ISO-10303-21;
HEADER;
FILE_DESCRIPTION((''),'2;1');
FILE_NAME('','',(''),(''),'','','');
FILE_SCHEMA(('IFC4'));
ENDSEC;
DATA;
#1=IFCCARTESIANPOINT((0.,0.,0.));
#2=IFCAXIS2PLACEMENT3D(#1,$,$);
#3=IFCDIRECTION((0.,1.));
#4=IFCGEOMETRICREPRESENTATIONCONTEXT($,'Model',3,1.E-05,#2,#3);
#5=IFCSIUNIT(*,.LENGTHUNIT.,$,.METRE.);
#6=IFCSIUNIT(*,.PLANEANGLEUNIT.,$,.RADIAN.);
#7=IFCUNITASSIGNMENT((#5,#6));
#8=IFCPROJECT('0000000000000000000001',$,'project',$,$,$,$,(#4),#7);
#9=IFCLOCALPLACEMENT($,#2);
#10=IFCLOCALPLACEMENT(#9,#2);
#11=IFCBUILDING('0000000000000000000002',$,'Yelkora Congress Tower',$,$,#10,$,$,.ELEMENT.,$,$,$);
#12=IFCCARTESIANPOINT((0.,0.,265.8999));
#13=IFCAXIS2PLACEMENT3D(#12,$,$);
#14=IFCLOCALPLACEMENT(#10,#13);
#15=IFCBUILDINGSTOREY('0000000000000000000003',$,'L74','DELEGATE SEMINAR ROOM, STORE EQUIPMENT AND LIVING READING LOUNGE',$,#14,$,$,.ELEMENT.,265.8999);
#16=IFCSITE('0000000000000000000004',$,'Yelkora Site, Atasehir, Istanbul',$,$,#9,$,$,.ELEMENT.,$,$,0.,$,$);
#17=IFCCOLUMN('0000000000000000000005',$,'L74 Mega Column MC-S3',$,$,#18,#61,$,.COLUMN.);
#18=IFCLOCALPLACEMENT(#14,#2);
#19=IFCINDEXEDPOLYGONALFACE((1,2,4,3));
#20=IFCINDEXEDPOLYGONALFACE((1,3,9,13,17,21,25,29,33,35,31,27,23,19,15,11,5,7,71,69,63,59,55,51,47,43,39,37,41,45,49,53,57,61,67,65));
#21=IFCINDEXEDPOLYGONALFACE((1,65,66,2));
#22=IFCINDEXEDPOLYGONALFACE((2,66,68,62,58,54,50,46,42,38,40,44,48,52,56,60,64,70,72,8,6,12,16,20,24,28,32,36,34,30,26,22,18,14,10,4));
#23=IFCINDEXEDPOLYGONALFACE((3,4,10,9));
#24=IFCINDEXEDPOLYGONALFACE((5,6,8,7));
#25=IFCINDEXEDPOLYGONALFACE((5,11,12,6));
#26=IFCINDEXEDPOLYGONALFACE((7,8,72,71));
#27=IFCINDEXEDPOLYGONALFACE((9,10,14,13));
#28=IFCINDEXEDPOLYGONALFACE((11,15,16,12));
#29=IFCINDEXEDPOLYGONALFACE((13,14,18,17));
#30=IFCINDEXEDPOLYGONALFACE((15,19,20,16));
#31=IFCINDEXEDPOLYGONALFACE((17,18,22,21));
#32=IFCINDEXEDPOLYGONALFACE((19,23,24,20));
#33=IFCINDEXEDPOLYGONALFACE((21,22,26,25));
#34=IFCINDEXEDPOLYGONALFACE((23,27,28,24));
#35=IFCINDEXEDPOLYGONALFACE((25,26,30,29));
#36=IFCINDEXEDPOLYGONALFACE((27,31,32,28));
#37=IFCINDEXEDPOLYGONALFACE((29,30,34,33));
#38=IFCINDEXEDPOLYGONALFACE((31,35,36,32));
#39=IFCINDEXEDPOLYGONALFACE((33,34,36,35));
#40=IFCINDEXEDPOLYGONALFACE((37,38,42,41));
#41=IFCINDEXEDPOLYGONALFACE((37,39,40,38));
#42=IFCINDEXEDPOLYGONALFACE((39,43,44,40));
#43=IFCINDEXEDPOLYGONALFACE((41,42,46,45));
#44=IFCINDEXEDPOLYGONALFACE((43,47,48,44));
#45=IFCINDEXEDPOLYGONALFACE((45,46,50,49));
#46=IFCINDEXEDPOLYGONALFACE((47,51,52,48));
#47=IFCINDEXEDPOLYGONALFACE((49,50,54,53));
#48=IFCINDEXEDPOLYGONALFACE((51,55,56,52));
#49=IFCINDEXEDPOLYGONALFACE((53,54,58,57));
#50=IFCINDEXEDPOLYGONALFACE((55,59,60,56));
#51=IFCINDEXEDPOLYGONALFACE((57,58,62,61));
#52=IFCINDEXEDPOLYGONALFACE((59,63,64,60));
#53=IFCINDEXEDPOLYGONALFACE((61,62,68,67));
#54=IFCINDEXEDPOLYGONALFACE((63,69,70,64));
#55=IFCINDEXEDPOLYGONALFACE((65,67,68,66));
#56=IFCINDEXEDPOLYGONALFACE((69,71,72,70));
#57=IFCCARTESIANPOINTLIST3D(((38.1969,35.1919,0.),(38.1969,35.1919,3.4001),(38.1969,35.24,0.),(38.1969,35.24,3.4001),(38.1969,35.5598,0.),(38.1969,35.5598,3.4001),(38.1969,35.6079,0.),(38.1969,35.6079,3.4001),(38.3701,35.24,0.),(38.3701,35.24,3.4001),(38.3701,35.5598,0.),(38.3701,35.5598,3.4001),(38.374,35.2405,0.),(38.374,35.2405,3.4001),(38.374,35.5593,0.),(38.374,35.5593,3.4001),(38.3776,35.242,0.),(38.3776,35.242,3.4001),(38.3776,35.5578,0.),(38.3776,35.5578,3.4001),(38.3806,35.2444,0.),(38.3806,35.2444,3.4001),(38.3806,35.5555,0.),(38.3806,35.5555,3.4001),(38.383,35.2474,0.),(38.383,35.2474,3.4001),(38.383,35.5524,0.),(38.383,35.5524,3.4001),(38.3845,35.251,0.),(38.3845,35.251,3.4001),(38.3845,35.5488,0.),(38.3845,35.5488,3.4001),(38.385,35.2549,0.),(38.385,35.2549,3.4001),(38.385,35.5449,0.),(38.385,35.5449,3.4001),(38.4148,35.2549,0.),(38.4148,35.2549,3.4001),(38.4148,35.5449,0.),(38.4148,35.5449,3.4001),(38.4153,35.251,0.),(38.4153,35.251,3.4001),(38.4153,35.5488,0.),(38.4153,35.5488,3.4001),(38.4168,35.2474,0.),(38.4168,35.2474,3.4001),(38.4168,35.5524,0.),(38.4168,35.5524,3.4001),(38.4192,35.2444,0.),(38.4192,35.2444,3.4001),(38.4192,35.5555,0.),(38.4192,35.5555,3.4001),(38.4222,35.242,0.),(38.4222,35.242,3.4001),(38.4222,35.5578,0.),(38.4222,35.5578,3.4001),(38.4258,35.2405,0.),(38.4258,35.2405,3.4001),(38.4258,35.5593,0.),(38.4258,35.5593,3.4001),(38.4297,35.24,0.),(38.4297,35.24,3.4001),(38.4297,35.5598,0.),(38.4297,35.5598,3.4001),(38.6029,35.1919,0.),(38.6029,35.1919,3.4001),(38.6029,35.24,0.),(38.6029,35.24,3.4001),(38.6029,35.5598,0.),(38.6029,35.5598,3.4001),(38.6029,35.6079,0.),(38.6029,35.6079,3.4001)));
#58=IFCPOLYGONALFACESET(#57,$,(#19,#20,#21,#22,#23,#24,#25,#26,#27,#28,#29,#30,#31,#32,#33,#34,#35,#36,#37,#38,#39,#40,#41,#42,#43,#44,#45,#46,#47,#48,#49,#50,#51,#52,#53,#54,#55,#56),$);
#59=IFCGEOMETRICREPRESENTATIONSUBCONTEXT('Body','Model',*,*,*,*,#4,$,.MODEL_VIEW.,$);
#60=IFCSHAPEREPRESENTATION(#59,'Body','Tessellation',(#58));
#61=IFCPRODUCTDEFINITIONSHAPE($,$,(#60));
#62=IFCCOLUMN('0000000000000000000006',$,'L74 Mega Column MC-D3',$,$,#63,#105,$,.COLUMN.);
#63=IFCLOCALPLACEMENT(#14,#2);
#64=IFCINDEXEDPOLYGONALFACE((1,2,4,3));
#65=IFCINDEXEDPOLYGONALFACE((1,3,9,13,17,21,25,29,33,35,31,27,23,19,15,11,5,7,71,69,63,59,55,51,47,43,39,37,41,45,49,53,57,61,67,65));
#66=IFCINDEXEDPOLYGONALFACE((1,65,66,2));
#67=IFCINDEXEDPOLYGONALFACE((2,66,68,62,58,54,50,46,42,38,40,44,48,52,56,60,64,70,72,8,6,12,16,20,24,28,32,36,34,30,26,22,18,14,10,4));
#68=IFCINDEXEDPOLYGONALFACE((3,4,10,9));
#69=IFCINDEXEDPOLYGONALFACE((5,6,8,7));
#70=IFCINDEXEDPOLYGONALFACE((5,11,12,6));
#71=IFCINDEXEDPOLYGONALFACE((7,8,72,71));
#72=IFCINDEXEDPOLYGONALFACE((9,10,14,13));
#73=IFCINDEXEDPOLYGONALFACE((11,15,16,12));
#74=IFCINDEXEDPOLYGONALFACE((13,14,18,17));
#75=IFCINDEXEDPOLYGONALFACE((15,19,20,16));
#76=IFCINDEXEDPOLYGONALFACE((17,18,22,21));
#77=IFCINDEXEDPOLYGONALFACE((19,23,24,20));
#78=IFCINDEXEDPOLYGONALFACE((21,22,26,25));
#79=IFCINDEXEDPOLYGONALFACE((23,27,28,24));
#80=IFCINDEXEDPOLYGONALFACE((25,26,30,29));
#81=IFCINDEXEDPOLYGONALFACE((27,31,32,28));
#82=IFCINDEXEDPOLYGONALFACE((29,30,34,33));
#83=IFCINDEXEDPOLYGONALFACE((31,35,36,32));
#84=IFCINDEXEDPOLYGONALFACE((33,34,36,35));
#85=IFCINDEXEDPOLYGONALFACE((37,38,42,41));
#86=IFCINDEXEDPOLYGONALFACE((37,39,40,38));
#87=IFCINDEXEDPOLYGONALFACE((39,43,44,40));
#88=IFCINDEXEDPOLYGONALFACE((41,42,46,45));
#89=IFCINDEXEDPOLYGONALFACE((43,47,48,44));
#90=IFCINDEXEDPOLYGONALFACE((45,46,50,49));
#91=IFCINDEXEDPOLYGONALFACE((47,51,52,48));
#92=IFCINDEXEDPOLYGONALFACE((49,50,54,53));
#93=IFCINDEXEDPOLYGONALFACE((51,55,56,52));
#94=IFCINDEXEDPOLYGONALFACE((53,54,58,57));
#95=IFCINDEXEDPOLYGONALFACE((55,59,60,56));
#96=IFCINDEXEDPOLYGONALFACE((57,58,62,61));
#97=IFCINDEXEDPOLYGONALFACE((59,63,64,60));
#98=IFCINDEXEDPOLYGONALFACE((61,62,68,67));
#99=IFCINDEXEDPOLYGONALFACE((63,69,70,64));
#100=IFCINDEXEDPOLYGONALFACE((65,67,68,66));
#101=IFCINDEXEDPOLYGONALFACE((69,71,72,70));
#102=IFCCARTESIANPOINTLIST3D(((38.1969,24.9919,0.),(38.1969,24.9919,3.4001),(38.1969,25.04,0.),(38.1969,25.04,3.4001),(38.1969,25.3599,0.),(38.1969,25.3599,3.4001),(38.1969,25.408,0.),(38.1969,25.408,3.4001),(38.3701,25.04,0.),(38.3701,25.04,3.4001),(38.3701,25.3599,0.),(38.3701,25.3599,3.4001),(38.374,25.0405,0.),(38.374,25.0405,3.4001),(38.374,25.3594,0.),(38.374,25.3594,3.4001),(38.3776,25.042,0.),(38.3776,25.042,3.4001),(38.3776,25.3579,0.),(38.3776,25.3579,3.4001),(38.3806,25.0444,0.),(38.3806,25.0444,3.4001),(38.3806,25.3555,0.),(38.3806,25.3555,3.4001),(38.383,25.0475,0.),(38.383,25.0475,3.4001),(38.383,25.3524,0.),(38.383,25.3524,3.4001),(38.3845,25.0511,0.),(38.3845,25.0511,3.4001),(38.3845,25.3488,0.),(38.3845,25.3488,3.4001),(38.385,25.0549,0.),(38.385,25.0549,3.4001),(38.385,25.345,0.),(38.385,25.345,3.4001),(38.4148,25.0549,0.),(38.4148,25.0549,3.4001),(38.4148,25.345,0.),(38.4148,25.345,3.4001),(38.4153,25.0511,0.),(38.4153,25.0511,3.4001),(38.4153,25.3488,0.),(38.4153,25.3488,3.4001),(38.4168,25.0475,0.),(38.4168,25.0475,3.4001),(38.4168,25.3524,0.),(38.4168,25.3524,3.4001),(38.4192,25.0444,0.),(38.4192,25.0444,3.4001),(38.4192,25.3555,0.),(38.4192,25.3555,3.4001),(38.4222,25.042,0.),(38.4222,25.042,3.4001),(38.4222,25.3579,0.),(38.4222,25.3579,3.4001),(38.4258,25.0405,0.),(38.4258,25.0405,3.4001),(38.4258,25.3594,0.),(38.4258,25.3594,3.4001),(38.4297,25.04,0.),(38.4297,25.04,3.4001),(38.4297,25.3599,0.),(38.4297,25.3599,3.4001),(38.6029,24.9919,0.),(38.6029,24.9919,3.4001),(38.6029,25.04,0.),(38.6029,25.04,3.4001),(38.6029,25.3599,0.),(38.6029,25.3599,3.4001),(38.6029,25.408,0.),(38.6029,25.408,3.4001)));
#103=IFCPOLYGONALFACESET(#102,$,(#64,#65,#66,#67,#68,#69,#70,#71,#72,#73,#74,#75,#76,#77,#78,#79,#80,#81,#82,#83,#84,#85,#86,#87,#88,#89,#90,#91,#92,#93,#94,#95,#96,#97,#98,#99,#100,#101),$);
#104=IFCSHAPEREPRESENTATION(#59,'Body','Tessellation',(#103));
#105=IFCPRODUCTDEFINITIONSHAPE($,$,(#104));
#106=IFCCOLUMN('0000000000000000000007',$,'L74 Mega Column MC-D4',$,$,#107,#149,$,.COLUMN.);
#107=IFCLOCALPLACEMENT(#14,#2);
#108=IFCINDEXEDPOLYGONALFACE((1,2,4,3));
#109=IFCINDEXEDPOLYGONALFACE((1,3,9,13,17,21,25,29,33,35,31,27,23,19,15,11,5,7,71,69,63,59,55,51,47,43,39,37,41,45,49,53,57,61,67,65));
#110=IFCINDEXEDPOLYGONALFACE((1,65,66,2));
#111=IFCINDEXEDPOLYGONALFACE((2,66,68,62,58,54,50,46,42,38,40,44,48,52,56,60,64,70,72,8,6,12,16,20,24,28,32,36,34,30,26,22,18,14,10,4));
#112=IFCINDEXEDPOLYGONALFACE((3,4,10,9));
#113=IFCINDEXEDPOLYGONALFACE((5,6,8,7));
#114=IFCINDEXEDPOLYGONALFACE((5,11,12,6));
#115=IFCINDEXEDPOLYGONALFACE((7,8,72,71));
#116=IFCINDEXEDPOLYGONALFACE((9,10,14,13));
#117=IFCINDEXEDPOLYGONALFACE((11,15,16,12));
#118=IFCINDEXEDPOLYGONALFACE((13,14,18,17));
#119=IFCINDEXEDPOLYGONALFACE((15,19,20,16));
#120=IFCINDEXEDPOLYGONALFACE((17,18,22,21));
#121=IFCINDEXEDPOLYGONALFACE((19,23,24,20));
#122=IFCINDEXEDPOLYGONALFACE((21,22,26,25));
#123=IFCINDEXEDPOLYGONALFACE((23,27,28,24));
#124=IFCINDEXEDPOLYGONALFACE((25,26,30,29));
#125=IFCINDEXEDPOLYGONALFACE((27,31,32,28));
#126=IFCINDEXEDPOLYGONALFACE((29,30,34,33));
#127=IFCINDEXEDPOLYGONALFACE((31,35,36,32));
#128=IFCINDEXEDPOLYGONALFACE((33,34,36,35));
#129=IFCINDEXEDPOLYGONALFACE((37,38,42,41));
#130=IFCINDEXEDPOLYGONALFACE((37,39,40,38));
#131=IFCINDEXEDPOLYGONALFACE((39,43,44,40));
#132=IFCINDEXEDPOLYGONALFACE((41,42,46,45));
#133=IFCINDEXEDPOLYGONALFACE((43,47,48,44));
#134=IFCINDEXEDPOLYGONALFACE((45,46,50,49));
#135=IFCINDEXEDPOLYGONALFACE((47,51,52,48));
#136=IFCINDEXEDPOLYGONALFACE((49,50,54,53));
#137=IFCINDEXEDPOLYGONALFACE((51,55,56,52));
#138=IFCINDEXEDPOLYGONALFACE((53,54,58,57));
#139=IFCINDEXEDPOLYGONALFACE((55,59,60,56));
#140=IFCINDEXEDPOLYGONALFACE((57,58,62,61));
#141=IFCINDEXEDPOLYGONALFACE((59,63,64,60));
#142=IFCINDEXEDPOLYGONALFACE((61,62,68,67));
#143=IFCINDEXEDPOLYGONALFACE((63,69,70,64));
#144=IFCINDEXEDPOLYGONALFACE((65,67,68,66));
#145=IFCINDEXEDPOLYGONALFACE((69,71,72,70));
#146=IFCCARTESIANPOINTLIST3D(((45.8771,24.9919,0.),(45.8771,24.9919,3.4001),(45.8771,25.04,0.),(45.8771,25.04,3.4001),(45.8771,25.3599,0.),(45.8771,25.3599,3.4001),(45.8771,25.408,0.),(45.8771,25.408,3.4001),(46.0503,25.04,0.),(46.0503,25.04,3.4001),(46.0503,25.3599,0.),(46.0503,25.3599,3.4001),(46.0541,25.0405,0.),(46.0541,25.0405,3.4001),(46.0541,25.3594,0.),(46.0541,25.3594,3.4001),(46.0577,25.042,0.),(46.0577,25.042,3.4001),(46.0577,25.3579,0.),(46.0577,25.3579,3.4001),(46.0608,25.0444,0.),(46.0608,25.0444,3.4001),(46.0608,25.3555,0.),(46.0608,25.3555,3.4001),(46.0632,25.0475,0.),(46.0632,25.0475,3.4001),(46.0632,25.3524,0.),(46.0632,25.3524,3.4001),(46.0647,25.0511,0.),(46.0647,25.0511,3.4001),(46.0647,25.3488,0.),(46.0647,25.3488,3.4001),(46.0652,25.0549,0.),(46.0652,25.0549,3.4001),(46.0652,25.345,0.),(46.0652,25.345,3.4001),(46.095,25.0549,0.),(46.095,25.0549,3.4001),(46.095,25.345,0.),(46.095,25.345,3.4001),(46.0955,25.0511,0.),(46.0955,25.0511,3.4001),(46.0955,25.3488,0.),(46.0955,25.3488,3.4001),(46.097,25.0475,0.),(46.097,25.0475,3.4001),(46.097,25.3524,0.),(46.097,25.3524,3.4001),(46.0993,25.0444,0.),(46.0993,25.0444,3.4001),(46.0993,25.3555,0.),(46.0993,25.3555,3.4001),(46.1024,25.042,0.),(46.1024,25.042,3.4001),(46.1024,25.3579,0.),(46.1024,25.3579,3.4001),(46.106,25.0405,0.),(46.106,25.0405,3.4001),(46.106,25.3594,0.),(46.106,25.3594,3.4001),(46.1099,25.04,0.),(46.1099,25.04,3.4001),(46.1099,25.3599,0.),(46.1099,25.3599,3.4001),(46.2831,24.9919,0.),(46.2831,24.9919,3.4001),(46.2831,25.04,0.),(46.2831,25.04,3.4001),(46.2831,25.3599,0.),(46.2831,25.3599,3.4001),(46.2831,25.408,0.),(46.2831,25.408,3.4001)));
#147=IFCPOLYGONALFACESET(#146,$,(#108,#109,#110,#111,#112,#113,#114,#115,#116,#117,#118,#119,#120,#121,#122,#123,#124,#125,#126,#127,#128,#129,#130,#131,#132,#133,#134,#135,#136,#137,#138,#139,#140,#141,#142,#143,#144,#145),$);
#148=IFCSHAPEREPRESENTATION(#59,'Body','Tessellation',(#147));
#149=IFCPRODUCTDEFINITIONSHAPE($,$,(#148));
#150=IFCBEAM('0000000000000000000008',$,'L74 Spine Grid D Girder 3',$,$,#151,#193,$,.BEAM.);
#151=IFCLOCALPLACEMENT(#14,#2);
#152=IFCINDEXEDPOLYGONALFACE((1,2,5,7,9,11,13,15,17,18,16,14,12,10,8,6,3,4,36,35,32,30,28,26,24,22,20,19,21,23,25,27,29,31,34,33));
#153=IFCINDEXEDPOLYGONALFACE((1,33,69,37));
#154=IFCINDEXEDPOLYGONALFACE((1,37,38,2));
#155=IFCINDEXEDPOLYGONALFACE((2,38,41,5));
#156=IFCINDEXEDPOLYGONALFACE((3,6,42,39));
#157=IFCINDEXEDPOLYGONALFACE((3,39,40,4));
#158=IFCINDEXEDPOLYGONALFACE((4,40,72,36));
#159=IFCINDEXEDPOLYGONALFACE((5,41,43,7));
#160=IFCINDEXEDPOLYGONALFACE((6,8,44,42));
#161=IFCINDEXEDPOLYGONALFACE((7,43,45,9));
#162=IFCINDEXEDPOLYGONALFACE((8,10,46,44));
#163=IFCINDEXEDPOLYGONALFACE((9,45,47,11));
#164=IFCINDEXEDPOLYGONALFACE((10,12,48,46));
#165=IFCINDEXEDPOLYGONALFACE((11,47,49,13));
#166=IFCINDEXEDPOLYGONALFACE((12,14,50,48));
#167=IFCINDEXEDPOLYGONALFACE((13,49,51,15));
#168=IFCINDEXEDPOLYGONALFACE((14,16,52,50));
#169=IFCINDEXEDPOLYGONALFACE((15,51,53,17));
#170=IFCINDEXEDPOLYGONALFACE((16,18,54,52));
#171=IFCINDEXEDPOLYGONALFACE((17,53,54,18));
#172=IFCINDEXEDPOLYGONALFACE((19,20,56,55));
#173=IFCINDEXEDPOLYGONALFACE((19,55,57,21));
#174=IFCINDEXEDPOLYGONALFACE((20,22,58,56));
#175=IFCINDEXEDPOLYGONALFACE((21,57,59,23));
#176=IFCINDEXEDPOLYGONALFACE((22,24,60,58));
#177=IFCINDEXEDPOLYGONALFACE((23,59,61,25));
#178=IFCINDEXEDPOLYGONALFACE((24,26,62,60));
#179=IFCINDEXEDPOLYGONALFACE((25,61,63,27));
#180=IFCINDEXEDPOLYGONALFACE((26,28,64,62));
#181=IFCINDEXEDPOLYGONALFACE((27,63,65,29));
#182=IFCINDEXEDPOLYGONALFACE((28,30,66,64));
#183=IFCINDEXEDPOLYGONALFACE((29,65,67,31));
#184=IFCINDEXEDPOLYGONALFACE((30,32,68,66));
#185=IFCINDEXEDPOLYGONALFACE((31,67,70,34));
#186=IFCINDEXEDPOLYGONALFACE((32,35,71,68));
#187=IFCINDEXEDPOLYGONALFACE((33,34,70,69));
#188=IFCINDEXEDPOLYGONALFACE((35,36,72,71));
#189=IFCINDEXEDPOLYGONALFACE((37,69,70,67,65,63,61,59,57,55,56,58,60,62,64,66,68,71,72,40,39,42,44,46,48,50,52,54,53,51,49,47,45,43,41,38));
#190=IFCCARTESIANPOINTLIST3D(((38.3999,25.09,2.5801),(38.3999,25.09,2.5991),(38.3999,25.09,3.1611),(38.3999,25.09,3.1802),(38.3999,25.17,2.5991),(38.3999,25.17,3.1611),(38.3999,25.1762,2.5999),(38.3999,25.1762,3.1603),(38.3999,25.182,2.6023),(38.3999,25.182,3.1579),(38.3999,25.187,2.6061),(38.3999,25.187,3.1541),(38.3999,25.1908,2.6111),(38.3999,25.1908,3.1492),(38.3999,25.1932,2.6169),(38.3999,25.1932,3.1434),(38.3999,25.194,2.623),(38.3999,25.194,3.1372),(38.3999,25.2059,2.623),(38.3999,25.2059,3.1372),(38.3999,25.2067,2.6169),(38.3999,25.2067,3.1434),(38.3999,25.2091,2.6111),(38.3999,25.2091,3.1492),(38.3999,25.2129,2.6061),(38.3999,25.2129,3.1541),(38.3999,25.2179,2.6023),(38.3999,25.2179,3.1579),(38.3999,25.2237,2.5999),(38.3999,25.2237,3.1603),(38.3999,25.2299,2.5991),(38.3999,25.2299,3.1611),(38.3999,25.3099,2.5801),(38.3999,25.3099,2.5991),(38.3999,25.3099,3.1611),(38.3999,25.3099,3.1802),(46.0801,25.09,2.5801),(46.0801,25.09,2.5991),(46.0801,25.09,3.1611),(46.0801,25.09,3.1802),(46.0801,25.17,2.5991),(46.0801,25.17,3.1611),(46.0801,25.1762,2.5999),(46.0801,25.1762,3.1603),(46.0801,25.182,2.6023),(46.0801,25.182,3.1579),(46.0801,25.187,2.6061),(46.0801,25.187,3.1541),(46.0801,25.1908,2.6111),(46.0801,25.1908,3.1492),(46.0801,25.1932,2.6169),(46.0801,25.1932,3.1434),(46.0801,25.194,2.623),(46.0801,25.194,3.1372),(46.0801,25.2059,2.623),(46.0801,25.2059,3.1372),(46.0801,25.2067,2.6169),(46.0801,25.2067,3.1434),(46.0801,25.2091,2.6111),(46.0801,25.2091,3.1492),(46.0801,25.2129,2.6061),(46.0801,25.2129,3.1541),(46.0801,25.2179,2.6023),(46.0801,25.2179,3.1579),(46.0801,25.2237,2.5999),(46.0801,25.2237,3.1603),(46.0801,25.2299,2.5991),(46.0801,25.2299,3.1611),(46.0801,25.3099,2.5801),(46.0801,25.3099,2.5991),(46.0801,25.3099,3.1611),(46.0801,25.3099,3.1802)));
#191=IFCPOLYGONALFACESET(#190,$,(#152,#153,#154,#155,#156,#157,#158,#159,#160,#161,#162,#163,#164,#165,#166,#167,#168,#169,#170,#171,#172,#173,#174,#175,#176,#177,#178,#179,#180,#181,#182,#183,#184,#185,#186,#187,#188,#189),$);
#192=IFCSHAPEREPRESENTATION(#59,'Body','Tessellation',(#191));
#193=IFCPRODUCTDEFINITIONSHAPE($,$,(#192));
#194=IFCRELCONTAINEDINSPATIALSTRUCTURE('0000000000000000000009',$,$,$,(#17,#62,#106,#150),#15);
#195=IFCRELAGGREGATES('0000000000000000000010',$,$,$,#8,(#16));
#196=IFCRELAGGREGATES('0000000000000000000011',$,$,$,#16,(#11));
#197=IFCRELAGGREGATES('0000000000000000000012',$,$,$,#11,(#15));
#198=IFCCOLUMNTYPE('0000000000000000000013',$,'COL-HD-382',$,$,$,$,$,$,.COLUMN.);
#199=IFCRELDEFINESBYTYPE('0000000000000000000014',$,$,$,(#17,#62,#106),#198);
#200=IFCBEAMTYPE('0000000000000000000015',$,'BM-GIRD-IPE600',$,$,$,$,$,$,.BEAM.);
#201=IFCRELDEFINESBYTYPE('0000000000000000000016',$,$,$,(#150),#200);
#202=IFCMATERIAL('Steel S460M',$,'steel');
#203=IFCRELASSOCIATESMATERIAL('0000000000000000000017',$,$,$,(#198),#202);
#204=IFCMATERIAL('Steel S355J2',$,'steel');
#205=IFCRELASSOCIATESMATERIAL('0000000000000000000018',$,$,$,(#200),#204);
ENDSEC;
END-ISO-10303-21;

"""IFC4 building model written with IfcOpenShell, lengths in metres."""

from ifc_helpers import new_model, si_unit, direction, frame, origin, origin_2d, place, context, subcontext, project, spatial, i_section, extrude, material, material_profile, profile_set, type_object, element, save


model = new_model("IFC4")

# Units and contexts
model_context = context("Model", 3, precision=1e-05, world=origin(), true_north=direction((0.0, 1.0)))
body_context = subcontext(model_context, "Body", "Model", "MODEL_VIEW")
ifc_project = project(units=[si_unit("LENGTHUNIT", "METRE"), si_unit("PLANEANGLEUNIT", "RADIAN")], contexts=[model_context])

# Site, building, storey
site_placement = place(None, origin())
site = spatial("IfcSite", under=ifc_project, at=site_placement, Name="Yelkora Site, Atasehir, Istanbul", CompositionType="ELEMENT", RefElevation=0.0)
building_placement = place(site_placement, origin())
building = spatial("IfcBuilding", under=site, at=building_placement, Name="Yelkora Congress Tower", CompositionType="ELEMENT")
storey_placement = place(building_placement, frame((0.0, 0.0, 265.8999)))
storey = spatial("IfcBuildingStorey", under=building, at=storey_placement, Name="L74", Description="DELEGATE SEMINAR ROOM, STORE EQUIPMENT AND LIVING READING LOUNGE", CompositionType="ELEMENT", Elevation=265.8999)

# Columns
ifc_material_1 = material(Name="Steel S460M", Category="steel")
ifc_material_profile_1 = material_profile(ifc_material_1, i_section(OverallWidth=0.406, OverallDepth=0.416, WebThickness=0.0298, FlangeThickness=0.0481, FilletRadius=0.0149, at=origin_2d()), Name="HD 400x382")
ifc_profile_set_1 = profile_set([ifc_material_profile_1], Name="Steel S460M")
column_type = type_object("IfcColumnType", Name="COL-HD-382", PredefinedType="COLUMN", material=ifc_profile_set_1)
for number, where, z_axis, x_axis, name in (
    (1, (38.3999, 35.3999, 0.0), (0.0, 0.0, 1.0), (1.0, 0.0, 0.0), "L74 Mega Column MC-S3"),
    (2, (38.3999, 25.2, 0.0), (0.0, 0.0, 1.0), (1.0, 0.0, 0.0), "L74 Mega Column MC-D3"),
    (3, (46.0801, 25.2, 0.0), (0.0, 0.0, 1.0), (1.0, 0.0, 0.0), "L74 Mega Column MC-D4"),
):
    element("IfcColumn", number, at=place(storey_placement, frame(where, z_axis=z_axis, x_axis=x_axis)), inside=storey, type_object=column_type, Name=name, PredefinedType="COLUMN", context=body_context, shape_type="SweptSolid", body=[
        extrude(i_section(OverallWidth=0.406, OverallDepth=0.416, WebThickness=0.0298, FlangeThickness=0.0481, FilletRadius=0.0149, at=origin_2d()), origin(), (0.0, 0.0, 1.0), 3.4001),
    ])

# Beam
ifc_material_2 = material(Name="Steel S355J2", Category="steel")
ifc_material_profile_2 = material_profile(ifc_material_2, i_section(OverallWidth=0.22, OverallDepth=0.6001, WebThickness=0.012, FlangeThickness=0.019, FilletRadius=0.0239, at=origin_2d()), Name="IPE 600")
ifc_profile_set_2 = profile_set([ifc_material_profile_2], Name="Steel S355J2")
beam_type_1 = type_object("IfcBeamType", Name="BM-GIRD-IPE600", PredefinedType="BEAM", material=ifc_profile_set_2)
beam_1_placement = place(storey_placement, frame((38.3999, 25.2, 2.8801), z_axis=(1.0, 0.0, 0.0), x_axis=(0.0, 1.0, 0.0)))
element("IfcBeam", 4, at=beam_1_placement, inside=storey, type_object=beam_type_1, Name="L74 Spine Grid D Girder 3", PredefinedType="BEAM", context=body_context, shape_type="SweptSolid", body=[
    extrude(i_section(OverallWidth=0.22, OverallDepth=0.6001, WebThickness=0.012, FlangeThickness=0.019, FilletRadius=0.0239, at=origin_2d()), origin(), (0.0, 0.0, 1.0), 7.6802),
])

save(model, "model.ifc")
